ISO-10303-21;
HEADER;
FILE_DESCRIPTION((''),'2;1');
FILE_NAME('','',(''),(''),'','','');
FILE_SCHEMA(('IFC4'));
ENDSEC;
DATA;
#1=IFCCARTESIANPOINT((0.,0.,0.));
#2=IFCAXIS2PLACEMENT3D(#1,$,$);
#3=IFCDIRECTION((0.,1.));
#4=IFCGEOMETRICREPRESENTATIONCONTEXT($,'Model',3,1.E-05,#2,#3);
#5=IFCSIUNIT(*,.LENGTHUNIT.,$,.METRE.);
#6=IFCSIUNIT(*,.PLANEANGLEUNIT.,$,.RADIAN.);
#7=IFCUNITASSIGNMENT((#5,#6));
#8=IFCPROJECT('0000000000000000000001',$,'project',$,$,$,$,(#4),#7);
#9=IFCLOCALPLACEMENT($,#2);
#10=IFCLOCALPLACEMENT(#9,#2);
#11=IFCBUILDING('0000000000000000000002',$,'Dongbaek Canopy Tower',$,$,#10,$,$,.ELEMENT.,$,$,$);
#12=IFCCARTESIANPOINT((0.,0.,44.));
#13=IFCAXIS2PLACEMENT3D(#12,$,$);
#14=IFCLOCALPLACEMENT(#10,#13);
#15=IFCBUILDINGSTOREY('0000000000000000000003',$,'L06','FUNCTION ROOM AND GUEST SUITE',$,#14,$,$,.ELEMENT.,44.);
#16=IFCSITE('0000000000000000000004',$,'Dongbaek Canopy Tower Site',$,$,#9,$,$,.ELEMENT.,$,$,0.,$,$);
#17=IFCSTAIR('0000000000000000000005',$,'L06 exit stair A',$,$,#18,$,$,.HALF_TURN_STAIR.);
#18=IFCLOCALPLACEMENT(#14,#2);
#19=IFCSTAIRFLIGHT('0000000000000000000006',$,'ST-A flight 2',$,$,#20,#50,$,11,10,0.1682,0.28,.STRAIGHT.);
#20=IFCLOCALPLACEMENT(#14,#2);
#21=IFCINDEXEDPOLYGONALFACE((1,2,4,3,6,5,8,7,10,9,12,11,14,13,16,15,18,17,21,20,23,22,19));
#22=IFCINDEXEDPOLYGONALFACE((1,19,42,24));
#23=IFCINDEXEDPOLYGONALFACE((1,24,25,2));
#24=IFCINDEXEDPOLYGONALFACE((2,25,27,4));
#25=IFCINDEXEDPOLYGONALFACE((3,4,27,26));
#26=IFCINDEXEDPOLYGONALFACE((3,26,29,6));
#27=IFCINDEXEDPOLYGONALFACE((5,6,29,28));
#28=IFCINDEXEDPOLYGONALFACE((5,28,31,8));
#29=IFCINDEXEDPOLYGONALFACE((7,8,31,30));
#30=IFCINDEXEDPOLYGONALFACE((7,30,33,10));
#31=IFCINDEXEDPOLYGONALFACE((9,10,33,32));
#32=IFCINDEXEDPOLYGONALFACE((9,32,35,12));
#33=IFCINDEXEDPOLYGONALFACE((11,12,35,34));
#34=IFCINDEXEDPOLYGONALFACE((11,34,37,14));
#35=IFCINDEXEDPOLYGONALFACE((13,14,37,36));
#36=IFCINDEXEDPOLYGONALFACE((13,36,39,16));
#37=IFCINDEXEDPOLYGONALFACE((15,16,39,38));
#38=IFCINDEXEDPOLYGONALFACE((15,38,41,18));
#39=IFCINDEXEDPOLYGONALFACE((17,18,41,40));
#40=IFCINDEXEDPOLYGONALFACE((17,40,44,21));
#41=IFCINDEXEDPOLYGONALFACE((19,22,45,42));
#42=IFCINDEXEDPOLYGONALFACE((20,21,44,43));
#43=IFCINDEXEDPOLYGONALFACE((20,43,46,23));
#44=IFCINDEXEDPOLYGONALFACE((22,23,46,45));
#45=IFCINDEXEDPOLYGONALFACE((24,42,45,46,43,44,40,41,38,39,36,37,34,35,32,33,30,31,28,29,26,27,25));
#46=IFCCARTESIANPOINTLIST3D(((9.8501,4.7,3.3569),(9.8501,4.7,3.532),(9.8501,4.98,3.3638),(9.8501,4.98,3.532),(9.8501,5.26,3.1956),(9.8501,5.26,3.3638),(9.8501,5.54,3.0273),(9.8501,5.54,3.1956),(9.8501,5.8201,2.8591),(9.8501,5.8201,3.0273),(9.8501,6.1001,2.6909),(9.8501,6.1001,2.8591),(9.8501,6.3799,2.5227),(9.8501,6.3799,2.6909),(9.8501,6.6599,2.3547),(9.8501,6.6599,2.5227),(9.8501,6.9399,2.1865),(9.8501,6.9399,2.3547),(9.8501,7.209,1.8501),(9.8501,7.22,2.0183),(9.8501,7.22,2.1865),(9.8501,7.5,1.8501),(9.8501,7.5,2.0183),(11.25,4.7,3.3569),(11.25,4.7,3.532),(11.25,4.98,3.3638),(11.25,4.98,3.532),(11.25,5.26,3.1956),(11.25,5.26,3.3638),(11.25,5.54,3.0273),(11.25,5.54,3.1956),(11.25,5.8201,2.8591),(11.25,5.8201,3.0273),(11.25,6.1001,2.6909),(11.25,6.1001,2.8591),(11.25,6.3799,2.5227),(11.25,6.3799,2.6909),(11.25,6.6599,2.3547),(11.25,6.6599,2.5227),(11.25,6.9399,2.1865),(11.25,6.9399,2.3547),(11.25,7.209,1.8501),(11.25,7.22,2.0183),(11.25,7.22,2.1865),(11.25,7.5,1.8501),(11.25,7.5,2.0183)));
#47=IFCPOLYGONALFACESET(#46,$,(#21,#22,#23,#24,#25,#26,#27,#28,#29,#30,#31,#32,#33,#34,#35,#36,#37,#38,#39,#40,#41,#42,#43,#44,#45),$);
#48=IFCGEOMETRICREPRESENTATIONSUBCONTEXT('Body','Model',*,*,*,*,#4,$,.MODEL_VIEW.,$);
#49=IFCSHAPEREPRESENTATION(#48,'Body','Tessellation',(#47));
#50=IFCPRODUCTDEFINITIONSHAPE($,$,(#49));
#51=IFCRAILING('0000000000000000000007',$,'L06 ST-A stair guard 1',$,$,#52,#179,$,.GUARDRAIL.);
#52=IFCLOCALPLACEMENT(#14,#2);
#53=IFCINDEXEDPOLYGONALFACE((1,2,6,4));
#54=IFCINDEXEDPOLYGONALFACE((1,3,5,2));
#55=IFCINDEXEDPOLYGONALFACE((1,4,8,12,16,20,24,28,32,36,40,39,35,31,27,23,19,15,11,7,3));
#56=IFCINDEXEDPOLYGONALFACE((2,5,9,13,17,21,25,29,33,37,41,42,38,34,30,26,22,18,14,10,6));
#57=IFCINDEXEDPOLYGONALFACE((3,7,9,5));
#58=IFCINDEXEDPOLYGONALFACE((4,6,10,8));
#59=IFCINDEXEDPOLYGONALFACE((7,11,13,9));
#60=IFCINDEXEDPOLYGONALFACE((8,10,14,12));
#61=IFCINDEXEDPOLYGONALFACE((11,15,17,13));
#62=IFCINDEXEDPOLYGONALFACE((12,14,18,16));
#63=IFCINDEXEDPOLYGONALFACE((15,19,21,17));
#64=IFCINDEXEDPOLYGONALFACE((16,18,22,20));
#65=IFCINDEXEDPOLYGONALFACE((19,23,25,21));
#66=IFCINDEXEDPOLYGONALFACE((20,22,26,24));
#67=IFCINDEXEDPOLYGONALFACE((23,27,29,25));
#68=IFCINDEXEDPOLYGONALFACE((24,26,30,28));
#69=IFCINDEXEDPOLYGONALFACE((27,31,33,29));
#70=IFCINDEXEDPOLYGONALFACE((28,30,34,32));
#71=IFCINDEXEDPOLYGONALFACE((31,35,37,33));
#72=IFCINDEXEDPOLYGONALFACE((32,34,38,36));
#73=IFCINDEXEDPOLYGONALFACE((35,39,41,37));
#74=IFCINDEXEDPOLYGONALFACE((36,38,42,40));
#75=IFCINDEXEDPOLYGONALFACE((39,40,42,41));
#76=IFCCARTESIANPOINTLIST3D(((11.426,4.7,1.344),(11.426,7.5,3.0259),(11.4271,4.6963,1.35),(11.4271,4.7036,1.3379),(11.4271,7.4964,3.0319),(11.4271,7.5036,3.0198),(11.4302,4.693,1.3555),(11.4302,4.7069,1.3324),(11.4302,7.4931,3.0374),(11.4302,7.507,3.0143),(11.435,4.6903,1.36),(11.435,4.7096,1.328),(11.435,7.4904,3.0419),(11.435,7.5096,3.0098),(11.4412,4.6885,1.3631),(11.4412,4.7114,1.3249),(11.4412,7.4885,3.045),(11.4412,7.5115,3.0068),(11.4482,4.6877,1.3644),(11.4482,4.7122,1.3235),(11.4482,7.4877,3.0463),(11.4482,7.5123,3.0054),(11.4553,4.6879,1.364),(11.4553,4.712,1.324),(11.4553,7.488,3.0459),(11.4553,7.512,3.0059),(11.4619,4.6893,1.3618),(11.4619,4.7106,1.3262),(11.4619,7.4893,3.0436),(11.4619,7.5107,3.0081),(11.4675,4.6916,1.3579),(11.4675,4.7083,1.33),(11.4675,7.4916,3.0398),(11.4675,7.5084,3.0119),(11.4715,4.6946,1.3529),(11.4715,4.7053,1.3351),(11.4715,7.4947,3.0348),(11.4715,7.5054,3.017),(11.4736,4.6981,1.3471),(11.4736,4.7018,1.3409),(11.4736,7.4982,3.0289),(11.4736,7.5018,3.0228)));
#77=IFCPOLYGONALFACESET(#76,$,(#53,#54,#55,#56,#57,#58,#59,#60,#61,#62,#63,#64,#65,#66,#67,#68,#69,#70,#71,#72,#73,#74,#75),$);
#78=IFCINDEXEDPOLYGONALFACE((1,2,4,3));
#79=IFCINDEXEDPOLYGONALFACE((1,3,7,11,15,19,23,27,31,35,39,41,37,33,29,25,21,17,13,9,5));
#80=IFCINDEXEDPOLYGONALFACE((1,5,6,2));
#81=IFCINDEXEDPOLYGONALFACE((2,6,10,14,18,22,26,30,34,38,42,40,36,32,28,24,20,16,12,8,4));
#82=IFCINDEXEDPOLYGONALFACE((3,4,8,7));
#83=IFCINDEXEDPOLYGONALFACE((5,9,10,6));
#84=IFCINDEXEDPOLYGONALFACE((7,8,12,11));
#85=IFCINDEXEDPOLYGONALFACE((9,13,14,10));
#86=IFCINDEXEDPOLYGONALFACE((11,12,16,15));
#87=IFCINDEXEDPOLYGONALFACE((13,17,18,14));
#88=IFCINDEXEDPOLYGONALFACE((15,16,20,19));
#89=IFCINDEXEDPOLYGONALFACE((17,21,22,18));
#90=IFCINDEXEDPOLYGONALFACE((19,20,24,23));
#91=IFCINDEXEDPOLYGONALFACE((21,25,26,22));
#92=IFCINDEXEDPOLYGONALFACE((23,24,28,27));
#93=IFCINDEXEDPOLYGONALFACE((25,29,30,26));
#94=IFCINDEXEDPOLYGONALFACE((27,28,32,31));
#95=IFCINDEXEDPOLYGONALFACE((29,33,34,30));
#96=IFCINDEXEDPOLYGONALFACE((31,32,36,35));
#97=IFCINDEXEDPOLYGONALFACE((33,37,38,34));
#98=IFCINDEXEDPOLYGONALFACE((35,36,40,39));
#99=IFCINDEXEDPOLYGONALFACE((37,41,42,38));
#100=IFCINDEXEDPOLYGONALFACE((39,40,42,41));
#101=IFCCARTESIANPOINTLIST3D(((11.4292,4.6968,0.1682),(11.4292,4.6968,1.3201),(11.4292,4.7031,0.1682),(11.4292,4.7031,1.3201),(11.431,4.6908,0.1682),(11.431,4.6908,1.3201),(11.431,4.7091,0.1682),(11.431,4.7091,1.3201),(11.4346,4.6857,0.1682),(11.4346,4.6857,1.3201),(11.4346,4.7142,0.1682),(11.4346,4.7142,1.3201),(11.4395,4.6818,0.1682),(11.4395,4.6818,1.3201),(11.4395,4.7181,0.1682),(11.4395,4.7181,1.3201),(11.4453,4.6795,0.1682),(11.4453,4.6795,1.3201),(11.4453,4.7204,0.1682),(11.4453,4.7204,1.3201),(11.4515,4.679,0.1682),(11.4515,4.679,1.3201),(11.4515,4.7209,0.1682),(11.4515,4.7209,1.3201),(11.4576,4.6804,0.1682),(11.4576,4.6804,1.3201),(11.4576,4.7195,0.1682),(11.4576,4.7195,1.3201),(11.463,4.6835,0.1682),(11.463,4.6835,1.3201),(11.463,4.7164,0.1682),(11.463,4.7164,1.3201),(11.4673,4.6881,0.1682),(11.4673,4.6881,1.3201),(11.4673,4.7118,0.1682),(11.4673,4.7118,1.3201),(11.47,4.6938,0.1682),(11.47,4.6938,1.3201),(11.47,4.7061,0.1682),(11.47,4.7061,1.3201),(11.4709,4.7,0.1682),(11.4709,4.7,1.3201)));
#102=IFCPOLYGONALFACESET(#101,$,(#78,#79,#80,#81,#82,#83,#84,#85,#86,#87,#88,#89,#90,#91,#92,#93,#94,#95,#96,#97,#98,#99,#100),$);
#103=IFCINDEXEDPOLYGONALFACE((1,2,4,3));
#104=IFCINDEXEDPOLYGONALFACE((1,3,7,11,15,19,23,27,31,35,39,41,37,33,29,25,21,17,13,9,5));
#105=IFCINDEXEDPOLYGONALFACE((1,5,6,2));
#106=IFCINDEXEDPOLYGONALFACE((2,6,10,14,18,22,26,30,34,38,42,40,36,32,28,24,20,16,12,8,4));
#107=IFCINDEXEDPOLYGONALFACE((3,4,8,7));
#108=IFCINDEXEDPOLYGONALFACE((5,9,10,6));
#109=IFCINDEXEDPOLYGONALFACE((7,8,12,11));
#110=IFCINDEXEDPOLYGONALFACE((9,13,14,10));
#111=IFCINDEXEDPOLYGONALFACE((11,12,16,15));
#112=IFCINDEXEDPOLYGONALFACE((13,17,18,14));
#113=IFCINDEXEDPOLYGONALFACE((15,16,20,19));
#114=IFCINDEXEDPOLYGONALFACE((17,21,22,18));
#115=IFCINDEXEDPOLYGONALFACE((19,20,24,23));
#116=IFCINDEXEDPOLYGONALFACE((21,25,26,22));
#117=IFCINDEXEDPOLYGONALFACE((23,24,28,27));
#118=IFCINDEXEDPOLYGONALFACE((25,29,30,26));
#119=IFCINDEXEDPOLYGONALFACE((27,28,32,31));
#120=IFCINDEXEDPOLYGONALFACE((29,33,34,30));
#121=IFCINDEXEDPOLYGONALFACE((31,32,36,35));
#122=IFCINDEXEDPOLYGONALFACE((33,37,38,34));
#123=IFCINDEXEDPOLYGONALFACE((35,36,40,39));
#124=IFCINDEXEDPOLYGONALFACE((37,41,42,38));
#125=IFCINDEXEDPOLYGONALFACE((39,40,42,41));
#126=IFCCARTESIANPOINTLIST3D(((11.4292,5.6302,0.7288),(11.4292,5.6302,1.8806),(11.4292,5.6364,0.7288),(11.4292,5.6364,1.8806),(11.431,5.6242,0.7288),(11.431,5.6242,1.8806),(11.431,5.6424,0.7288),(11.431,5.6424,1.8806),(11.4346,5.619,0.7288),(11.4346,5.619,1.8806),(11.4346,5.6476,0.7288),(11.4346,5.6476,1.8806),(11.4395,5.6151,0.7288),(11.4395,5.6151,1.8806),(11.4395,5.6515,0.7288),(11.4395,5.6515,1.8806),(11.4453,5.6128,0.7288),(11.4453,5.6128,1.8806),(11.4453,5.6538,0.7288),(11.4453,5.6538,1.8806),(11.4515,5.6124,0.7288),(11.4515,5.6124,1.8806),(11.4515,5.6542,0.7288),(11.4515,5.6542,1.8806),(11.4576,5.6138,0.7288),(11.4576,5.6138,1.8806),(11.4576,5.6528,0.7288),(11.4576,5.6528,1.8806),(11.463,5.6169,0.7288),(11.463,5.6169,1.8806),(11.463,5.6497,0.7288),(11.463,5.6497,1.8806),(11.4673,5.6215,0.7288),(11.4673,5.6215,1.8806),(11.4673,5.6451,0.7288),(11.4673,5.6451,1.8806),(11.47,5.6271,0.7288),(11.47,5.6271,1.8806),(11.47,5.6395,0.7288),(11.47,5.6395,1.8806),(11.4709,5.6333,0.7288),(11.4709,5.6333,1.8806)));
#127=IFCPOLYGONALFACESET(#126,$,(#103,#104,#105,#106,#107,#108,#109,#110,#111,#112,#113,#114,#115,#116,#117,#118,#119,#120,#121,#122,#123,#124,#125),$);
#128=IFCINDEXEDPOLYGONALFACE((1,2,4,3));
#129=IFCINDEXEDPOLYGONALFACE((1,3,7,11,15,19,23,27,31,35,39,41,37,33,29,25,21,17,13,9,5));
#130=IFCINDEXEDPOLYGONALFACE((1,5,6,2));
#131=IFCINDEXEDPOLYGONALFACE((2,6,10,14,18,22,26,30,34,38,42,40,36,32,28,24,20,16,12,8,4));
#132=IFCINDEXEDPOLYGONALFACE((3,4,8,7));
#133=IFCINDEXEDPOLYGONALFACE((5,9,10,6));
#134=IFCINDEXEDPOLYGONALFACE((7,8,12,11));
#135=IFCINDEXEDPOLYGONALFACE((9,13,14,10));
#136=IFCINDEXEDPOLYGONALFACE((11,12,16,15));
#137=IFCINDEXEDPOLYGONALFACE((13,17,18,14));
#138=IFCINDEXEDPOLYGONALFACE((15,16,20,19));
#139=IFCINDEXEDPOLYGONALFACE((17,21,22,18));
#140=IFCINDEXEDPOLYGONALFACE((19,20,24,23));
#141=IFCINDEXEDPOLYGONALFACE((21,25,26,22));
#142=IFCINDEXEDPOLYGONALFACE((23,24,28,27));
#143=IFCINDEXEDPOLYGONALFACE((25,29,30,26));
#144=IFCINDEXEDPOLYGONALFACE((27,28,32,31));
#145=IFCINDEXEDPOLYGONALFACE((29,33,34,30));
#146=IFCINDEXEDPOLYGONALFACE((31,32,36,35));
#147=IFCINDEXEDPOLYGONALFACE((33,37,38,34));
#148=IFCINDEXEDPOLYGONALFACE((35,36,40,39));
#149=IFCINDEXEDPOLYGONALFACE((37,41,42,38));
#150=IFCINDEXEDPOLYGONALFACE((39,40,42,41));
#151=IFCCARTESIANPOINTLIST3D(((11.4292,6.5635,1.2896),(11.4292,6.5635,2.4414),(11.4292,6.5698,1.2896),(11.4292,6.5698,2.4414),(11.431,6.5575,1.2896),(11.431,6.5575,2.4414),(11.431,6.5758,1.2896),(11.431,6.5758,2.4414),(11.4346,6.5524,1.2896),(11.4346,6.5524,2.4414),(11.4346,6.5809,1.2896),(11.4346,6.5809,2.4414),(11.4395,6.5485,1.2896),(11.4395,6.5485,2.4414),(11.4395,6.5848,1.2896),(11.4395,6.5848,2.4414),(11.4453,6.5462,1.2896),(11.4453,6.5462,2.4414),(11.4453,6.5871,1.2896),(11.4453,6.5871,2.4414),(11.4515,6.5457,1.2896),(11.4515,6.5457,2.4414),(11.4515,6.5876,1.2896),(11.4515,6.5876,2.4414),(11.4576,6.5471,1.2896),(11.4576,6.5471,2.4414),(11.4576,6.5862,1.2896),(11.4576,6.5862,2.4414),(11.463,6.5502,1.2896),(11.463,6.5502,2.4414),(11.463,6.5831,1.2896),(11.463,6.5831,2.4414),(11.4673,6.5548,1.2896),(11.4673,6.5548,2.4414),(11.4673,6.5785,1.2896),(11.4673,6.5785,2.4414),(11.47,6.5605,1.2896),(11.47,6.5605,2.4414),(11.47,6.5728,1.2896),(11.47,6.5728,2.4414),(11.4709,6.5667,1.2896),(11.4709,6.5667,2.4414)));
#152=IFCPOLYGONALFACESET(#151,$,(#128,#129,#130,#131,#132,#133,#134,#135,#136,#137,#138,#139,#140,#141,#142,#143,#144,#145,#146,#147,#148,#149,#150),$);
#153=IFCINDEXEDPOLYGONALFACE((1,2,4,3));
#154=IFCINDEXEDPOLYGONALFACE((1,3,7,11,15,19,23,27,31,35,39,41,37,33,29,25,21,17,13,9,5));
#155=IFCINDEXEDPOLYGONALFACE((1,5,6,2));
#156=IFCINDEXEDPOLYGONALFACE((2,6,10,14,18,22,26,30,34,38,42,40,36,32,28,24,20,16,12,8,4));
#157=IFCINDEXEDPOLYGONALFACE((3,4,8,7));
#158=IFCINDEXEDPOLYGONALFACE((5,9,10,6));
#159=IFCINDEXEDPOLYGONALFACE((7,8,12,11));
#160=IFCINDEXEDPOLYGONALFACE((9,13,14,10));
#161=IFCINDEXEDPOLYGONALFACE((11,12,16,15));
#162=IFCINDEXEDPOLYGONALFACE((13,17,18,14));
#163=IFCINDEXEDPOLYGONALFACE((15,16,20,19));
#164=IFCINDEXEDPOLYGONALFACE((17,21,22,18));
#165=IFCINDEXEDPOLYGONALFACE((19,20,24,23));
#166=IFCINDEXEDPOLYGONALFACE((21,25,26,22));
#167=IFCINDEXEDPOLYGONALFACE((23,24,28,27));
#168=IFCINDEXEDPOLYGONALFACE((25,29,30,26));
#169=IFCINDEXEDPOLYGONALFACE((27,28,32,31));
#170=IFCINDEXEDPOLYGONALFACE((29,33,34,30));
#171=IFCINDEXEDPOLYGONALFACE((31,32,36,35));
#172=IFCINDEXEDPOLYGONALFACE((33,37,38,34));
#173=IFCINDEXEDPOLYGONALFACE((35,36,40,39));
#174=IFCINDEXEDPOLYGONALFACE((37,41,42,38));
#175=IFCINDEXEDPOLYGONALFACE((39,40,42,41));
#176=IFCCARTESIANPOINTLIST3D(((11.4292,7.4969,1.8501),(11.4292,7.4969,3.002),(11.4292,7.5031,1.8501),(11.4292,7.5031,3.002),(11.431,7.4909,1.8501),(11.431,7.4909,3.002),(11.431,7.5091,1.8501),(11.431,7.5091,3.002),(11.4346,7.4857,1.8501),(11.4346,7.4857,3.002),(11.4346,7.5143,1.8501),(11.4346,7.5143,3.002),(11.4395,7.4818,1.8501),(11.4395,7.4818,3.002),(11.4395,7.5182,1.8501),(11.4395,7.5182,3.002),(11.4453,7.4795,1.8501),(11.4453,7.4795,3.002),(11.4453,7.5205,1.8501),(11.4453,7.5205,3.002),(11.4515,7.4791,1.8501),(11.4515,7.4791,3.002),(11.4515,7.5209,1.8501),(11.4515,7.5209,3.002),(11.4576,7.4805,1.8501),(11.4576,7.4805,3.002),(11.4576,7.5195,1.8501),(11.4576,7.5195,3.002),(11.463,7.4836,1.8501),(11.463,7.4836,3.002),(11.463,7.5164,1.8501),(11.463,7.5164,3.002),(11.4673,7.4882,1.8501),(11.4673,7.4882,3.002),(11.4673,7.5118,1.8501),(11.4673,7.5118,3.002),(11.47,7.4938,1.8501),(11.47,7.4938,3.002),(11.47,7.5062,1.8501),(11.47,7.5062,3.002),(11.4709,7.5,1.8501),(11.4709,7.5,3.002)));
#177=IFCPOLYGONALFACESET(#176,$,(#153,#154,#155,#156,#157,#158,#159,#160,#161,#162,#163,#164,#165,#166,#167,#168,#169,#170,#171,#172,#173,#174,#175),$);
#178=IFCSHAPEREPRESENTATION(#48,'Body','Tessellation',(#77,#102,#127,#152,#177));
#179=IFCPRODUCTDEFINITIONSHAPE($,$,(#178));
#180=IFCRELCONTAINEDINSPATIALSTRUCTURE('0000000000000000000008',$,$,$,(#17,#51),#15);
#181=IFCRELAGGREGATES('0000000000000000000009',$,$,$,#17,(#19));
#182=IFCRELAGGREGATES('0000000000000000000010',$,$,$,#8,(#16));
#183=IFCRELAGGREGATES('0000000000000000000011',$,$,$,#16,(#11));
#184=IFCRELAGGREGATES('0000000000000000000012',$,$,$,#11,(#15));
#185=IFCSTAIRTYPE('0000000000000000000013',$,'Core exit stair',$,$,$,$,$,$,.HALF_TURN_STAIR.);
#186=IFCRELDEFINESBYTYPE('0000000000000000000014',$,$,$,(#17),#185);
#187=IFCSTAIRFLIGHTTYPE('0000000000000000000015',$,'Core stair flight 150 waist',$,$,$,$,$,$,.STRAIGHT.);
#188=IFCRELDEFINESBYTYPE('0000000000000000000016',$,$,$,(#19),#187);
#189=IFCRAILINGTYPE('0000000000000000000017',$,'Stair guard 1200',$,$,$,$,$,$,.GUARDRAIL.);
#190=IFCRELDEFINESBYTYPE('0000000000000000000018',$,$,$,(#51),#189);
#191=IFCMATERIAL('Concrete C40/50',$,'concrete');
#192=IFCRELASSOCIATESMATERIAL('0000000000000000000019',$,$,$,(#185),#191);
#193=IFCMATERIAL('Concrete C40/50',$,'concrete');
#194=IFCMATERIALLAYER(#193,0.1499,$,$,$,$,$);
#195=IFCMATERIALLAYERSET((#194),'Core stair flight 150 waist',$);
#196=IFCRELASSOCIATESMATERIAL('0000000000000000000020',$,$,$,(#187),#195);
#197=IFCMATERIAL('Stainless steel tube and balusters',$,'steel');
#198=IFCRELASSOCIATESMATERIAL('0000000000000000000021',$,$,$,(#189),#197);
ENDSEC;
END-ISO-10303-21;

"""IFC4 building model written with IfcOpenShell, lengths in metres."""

from ifc_helpers import new_model, si_unit, direction, frame, origin, origin_2d, place, context, subcontext, project, spatial, polyline, circle, outline, extrude, material, layer, layer_set, type_object, element, aggregate, save


model = new_model("IFC4")

# Units and contexts
model_context = context("Model", 3, precision=1e-05, world=origin(), true_north=direction((0.0, 1.0)))
body_context = subcontext(model_context, "Body", "Model", "MODEL_VIEW")
ifc_project = project(units=[si_unit("LENGTHUNIT", "METRE"), si_unit("PLANEANGLEUNIT", "RADIAN")], contexts=[model_context])

# Site, building, storey
site_placement = place(None, origin())
site = spatial("IfcSite", under=ifc_project, at=site_placement, Name="Dongbaek Canopy Tower Site", CompositionType="ELEMENT", RefElevation=0.0)
building_placement = place(site_placement, origin())
building = spatial("IfcBuilding", under=site, at=building_placement, Name="Dongbaek Canopy Tower", CompositionType="ELEMENT")
storey_placement = place(building_placement, frame((0.0, 0.0, 44.0)))
storey = spatial("IfcBuildingStorey", under=building, at=storey_placement, Name="L06", Description="FUNCTION ROOM AND GUEST SUITE", CompositionType="ELEMENT", Elevation=44.0)

# Stair, stair flight
ifc_material_1 = material(Name="Concrete C40/50", Category="concrete")
stair_type = type_object("IfcStairType", Name="Core exit stair", PredefinedType="HALF_TURN_STAIR", material=ifc_material_1)
stair_placement = place(storey_placement, origin())
stair = element("IfcStair", 1, at=stair_placement, inside=storey, type_object=stair_type, Name="L06 exit stair A", PredefinedType="HALF_TURN_STAIR")
ifc_material_2 = material(Name="Concrete C40/50", Category="concrete")
ifc_layer_1 = layer(ifc_material_2, 0.1499)
ifc_layer_set_1 = layer_set([ifc_layer_1], Name="Core stair flight 150 waist")
stair_flight_type = type_object("IfcStairFlightType", Name="Core stair flight 150 waist", PredefinedType="STRAIGHT", material=ifc_layer_set_1)
stair_flight_1_placement = place(storey_placement, frame((10.55, 7.5, 1.8501), z_axis=(0.0, 0.0, 1.0), x_axis=(0.0, -1.0, 0.0)))
stair_flight_1 = element("IfcStairFlight", 2, at=stair_flight_1_placement, type_object=stair_flight_type, Name="ST-A flight 2", NumberOfRisers=11, NumberOfTreads=10, PredefinedType="STRAIGHT", RiserHeight=0.1682, TreadLength=0.28, context=body_context, shape_type="SweptSolid", body=[
    extrude(outline(polyline([(0.0, 0.0), (0.0, 0.1682), (0.28, 0.1682), (0.28, 0.3364), (0.5601, 0.3364), (0.5601, 0.5046), (0.8401, 0.5046), (0.8401, 0.6726), (1.1201, 0.6726), (1.1201, 0.8408), (1.3999, 0.8408), (1.3999, 1.009), (1.6799, 1.009), (1.6799, 1.1772), (1.96, 1.1772), (1.96, 1.3455), (2.24, 1.3455), (2.24, 1.5137), (2.52, 1.5137), (2.52, 1.6819), (2.8, 1.6819), (2.8, 1.8501), (2.8, 1.5068), (0.291, 0.0), (0.0, 0.0)])), frame((0.0, 0.7, 0.0), z_axis=(0.0, -1.0, 0.0), x_axis=(1.0, 0.0, 0.0)), (0.0, 0.0, 1.0), 1.3999),
])
aggregate(stair, [stair_flight_1])

# Railing
ifc_material_3 = material(Name="Stainless steel tube and balusters", Category="steel")
railing_type_1 = type_object("IfcRailingType", Name="Stair guard 1200", PredefinedType="GUARDRAIL", material=ifc_material_3)
railing_1_placement = place(storey_placement, frame((11.45, 4.7, 0.1682)))
element("IfcRailing", 3, at=railing_1_placement, inside=storey, type_object=railing_type_1, Name="L06 ST-A stair guard 1", PredefinedType="GUARDRAIL", context=body_context, shape_type="SweptSolid", body=[
    extrude(circle(Radius=0.0239, at=origin_2d()), frame((0.0, 0.0, 1.1758), z_axis=(0.0, 0.857242, 0.514913), x_axis=(-1.0, 0.0, 0.0)), (0.0, 0.0, 1.0), 3.2664),
    extrude(circle(Radius=0.021, at=origin_2d()), origin(), (0.0, 0.0, 1.0), 1.1519),
    extrude(circle(Radius=0.021, at=origin_2d()), frame((0.0, 0.9333, 0.5605)), (0.0, 0.0, 1.0), 1.1519),
    extrude(circle(Radius=0.021, at=origin_2d()), frame((0.0, 1.8667, 1.1213)), (0.0, 0.0, 1.0), 1.1519),
    extrude(circle(Radius=0.021, at=origin_2d()), frame((0.0, 2.8, 1.6819)), (0.0, 0.0, 1.0), 1.1519),
])

save(model, "model.ifc")
